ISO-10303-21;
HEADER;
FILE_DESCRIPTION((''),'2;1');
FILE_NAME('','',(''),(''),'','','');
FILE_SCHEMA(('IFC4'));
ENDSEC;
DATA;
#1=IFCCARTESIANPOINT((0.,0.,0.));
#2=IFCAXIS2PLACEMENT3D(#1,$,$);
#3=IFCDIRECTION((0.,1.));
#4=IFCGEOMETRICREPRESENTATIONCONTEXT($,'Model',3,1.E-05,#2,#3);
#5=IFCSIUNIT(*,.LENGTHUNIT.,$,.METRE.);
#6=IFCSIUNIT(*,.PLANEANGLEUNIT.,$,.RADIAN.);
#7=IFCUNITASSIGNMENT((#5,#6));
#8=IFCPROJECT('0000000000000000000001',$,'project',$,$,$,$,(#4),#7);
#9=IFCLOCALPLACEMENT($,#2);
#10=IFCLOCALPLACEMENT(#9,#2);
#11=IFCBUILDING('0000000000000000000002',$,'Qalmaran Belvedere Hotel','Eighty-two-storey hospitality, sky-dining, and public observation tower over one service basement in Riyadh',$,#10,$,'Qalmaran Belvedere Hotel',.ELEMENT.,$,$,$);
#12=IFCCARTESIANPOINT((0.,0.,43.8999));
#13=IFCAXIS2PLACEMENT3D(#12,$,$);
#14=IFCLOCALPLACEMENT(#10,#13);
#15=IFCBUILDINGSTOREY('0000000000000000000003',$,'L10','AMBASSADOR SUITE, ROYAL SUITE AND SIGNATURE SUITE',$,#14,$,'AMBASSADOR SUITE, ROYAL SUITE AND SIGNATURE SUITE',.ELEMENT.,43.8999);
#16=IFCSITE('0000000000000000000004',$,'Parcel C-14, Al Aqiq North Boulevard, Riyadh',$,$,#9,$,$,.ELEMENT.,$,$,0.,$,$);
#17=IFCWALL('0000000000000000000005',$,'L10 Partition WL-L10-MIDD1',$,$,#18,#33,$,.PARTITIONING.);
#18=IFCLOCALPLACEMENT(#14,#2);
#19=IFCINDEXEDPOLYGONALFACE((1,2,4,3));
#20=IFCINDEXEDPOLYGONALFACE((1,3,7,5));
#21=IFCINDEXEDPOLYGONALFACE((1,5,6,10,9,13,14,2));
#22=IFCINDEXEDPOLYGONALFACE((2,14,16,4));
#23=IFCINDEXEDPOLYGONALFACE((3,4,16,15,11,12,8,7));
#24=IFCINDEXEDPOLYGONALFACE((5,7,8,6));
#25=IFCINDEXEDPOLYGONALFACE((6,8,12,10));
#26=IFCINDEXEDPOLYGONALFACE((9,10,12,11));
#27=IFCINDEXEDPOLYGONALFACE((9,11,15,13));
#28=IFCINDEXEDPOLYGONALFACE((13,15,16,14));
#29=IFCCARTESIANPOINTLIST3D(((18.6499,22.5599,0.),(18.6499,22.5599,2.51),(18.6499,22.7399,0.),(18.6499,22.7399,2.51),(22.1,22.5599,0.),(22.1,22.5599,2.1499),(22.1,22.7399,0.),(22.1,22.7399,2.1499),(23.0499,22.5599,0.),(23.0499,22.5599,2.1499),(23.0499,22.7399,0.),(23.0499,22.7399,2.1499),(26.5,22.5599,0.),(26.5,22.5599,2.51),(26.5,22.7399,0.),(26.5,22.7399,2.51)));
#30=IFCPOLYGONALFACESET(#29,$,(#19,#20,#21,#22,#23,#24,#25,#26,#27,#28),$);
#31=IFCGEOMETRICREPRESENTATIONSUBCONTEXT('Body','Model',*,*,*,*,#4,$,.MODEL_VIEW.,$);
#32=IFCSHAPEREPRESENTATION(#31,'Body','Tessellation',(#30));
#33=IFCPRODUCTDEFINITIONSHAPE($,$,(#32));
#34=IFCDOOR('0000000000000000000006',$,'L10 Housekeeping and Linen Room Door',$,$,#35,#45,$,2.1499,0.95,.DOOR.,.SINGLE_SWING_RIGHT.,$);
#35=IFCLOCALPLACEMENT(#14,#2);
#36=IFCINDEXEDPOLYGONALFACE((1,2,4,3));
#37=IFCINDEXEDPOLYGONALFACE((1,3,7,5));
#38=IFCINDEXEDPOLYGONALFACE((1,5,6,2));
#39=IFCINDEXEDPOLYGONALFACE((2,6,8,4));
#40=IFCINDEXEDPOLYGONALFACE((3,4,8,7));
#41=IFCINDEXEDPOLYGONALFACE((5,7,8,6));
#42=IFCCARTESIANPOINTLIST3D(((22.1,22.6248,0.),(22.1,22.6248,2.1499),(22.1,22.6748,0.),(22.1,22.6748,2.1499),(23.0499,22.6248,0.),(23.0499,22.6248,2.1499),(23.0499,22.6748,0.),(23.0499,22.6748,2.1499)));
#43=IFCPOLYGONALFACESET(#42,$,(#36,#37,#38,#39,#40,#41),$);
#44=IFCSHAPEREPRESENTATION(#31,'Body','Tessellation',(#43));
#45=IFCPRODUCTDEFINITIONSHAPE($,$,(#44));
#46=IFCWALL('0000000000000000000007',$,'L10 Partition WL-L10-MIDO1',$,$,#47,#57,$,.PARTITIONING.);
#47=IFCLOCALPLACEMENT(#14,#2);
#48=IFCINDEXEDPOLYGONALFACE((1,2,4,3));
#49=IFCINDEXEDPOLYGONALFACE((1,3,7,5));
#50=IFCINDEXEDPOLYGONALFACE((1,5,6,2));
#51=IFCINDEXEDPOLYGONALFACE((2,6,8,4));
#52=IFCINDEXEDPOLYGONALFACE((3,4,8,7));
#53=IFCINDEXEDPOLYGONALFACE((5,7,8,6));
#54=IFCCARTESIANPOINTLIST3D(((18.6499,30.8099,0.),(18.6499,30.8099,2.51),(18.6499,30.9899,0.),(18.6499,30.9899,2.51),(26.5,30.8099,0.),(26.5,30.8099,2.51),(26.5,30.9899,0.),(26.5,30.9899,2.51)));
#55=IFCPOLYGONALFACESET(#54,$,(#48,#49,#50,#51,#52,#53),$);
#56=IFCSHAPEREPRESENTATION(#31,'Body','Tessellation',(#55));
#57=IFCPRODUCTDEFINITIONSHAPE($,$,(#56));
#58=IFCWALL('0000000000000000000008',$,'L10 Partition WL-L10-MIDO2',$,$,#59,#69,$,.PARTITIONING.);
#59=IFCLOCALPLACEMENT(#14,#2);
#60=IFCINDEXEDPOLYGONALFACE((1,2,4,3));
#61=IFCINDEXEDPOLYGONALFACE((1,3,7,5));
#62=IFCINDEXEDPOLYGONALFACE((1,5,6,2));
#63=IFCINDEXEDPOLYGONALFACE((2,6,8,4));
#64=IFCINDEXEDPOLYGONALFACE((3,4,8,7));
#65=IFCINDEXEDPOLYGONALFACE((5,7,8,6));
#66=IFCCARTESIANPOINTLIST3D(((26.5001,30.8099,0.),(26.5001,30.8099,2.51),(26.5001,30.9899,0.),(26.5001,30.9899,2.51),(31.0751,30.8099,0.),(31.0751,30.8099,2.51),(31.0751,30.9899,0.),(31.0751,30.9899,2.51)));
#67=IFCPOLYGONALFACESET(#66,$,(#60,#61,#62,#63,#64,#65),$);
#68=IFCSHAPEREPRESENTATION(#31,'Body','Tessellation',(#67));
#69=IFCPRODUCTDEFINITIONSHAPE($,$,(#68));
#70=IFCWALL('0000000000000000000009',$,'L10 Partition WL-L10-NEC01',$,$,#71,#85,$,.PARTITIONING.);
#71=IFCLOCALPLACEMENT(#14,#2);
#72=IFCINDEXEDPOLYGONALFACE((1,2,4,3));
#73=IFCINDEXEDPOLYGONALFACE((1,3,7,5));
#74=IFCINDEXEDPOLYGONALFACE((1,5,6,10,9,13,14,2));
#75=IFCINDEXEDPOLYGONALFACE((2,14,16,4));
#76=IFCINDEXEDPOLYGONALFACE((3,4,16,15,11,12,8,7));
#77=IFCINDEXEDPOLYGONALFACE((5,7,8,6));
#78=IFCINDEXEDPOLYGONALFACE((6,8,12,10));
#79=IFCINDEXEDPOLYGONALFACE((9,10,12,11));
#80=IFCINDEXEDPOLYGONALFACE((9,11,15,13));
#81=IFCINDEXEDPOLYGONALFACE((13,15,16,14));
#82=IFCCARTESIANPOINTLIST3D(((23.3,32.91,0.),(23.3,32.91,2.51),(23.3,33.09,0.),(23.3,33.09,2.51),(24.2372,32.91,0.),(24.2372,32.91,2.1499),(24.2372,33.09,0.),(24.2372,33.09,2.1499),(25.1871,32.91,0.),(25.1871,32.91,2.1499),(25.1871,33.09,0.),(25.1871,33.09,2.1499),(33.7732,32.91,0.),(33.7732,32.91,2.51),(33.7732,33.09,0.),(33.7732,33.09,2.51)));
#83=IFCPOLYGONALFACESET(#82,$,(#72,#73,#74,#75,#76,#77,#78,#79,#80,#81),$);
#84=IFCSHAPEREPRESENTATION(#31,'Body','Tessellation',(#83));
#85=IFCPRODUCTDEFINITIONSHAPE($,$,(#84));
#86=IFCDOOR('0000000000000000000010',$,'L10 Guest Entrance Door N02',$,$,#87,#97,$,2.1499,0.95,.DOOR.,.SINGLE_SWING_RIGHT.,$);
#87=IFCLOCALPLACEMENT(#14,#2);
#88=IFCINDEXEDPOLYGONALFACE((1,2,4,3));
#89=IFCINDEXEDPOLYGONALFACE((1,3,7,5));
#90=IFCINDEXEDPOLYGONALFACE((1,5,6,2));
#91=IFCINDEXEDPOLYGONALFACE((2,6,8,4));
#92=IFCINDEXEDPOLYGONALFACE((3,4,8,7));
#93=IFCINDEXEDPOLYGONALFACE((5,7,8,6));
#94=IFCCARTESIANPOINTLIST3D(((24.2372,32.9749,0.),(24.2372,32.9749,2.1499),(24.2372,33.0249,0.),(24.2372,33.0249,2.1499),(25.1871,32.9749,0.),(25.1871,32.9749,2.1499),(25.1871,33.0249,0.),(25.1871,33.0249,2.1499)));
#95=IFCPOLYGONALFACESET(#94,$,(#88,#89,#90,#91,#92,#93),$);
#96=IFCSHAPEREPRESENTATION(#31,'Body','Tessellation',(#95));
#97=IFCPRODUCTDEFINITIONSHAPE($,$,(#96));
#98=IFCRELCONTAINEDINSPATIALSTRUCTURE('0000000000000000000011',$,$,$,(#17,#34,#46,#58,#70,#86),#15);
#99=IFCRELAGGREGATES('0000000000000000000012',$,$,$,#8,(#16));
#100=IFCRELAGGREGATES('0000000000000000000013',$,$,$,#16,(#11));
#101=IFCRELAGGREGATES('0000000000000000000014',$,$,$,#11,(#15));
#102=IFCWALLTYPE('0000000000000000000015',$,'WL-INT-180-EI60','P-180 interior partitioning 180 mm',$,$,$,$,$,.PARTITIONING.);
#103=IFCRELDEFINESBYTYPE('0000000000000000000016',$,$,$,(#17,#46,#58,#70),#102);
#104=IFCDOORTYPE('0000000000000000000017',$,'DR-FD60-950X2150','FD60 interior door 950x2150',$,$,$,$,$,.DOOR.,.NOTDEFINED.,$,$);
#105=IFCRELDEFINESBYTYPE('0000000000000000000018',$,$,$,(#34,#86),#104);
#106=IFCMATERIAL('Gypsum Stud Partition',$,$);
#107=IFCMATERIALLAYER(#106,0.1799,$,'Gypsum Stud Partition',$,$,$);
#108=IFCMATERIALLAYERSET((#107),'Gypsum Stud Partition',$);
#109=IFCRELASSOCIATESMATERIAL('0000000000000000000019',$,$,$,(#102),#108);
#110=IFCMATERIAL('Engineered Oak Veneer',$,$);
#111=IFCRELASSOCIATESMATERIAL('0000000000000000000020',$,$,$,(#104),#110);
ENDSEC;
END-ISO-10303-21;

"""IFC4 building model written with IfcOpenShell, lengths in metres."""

from ifc_helpers import new_model, si_unit, direction, frame, frame_2d, origin, place, context, subcontext, project, spatial, rectangle, extrude, material, layer, layer_set, type_object, element, fill, save


model = new_model("IFC4")

# Units and contexts
model_context = context("Model", 3, precision=1e-05, world=origin(), true_north=direction((0.0, 1.0)))
body_context = subcontext(model_context, "Body", "Model", "MODEL_VIEW")
ifc_project = project(units=[si_unit("LENGTHUNIT", "METRE"), si_unit("PLANEANGLEUNIT", "RADIAN")], contexts=[model_context])

# Site, building, storey
site_placement = place(None, origin())
site = spatial("IfcSite", under=ifc_project, at=site_placement, Name="Parcel C-14, Al Aqiq North Boulevard, Riyadh", CompositionType="ELEMENT", RefElevation=0.0)
building_placement = place(site_placement, origin())
building = spatial("IfcBuilding", under=site, at=building_placement, Name="Qalmaran Belvedere Hotel", Description="Eighty-two-storey hospitality, sky-dining, and public observation tower over one service basement in Riyadh", LongName="Qalmaran Belvedere Hotel", CompositionType="ELEMENT")
storey_placement = place(building_placement, frame((0.0, 0.0, 43.8999)))
storey = spatial("IfcBuildingStorey", under=building, at=storey_placement, Name="L10", Description="AMBASSADOR SUITE, ROYAL SUITE AND SIGNATURE SUITE", LongName="AMBASSADOR SUITE, ROYAL SUITE AND SIGNATURE SUITE", CompositionType="ELEMENT", Elevation=43.8999)

# Shared definitions
ifc_material_1 = material(Name="Gypsum Stud Partition")

# Wall, opening, door
ifc_layer_1 = layer(ifc_material_1, 0.1799, Name="Gypsum Stud Partition")
ifc_layer_set_1 = layer_set([ifc_layer_1], Name="Gypsum Stud Partition")
wall_type_1 = type_object("IfcWallType", Name="WL-INT-180-EI60", Description="P-180 interior partitioning 180 mm", PredefinedType="PARTITIONING", material=ifc_layer_set_1)
wall_1_placement = place(storey_placement, frame((18.6499, 22.6499, 0.0), z_axis=(0.0, 0.0, 1.0), x_axis=(1.0, 0.0, 0.0)))
wall_1 = element("IfcWall", 1, at=wall_1_placement, inside=storey, type_object=wall_type_1, Name="L10 Partition WL-L10-MIDD1", PredefinedType="PARTITIONING", context=body_context, shape_type="SweptSolid", body=[
    extrude(rectangle(XDim=7.8501, YDim=0.1799, at=frame_2d((3.925, 0.0))), origin(), (0.0, 0.0, 1.0), 2.51),
])
opening_1_placement = place(wall_1_placement, frame((3.45, 0.0, 0.0)))
opening_1 = element("IfcOpeningElement", 2, at=opening_1_placement, cuts=wall_1, PredefinedType="OPENING", context=body_context, shape_type="SweptSolid", body=[
    extrude(rectangle(XDim=0.95, YDim=2.1499, at=frame_2d((0.4751, 1.075))), frame((0.0, 0.1001, 0.0), z_axis=(0.0, -1.0, 0.0), x_axis=(1.0, 0.0, 0.0)), (0.0, 0.0, 1.0), 0.2),
])
ifc_material_2 = material(Name="Engineered Oak Veneer")
door_type_1 = type_object("IfcDoorType", Name="DR-FD60-950X2150", Description="FD60 interior door 950x2150", OperationType="NOTDEFINED", PredefinedType="DOOR", material=ifc_material_2)
door_1_placement = place(opening_1_placement, origin())
door_1 = element("IfcDoor", 3, at=door_1_placement, inside=storey, type_object=door_type_1, Name="L10 Housekeeping and Linen Room Door", OperationType="SINGLE_SWING_RIGHT", OverallHeight=2.1499, OverallWidth=0.95, PredefinedType="DOOR", context=body_context, shape_type="SweptSolid", body=[
    extrude(rectangle(XDim=0.95, YDim=2.1499, at=frame_2d((0.4751, 1.075))), frame((0.0, 0.0249, 0.0), z_axis=(0.0, -1.0, 0.0), x_axis=(1.0, 0.0, 0.0)), (0.0, 0.0, 1.0), 0.05),
])
fill(opening_1, door_1)

# Wall
wall_2_placement = place(storey_placement, frame((18.6499, 30.8999, 0.0), z_axis=(0.0, 0.0, 1.0), x_axis=(1.0, 0.0, 0.0)))
element("IfcWall", 4, at=wall_2_placement, inside=storey, type_object=wall_type_1, Name="L10 Partition WL-L10-MIDO1", PredefinedType="PARTITIONING", context=body_context, shape_type="SweptSolid", body=[
    extrude(rectangle(XDim=7.8501, YDim=0.1799, at=frame_2d((3.925, 0.0))), origin(), (0.0, 0.0, 1.0), 2.51),
])

# Wall
wall_3_placement = place(storey_placement, frame((26.5, 30.8999, 0.0), z_axis=(0.0, 0.0, 1.0), x_axis=(1.0, 0.0, 0.0)))
element("IfcWall", 5, at=wall_3_placement, inside=storey, type_object=wall_type_1, Name="L10 Partition WL-L10-MIDO2", PredefinedType="PARTITIONING", context=body_context, shape_type="SweptSolid", body=[
    extrude(rectangle(XDim=4.575, YDim=0.1799, at=frame_2d((2.2876, 0.0))), origin(), (0.0, 0.0, 1.0), 2.51),
])

# Wall, opening, door
wall_4_placement = place(storey_placement, frame((23.3, 33.0, 0.0), z_axis=(0.0, 0.0, 1.0), x_axis=(1.0, 0.0, 0.0)))
wall_4 = element("IfcWall", 6, at=wall_4_placement, inside=storey, type_object=wall_type_1, Name="L10 Partition WL-L10-NEC01", PredefinedType="PARTITIONING", context=body_context, shape_type="SweptSolid", body=[
    extrude(rectangle(XDim=10.4731, YDim=0.1799, at=frame_2d((5.2366, 0.0))), origin(), (0.0, 0.0, 1.0), 2.51),
])
opening_2_placement = place(wall_4_placement, frame((0.937, 0.0, 0.0)))
opening_2 = element("IfcOpeningElement", 7, at=opening_2_placement, cuts=wall_4, PredefinedType="OPENING", context=body_context, shape_type="SweptSolid", body=[
    extrude(rectangle(XDim=0.95, YDim=2.1499, at=frame_2d((0.4751, 1.075))), frame((0.0, 0.1001, 0.0), z_axis=(0.0, -1.0, 0.0), x_axis=(1.0, 0.0, 0.0)), (0.0, 0.0, 1.0), 0.2),
])
door_2_placement = place(opening_2_placement, origin())
door_2 = element("IfcDoor", 8, at=door_2_placement, inside=storey, type_object=door_type_1, Name="L10 Guest Entrance Door N02", OperationType="SINGLE_SWING_RIGHT", OverallHeight=2.1499, OverallWidth=0.95, PredefinedType="DOOR", context=body_context, shape_type="SweptSolid", body=[
    extrude(rectangle(XDim=0.95, YDim=2.1499, at=frame_2d((0.4751, 1.075))), frame((0.0, 0.0249, 0.0), z_axis=(0.0, -1.0, 0.0), x_axis=(1.0, 0.0, 0.0)), (0.0, 0.0, 1.0), 0.05),
])
fill(opening_2, door_2)

save(model, "model.ifc")
